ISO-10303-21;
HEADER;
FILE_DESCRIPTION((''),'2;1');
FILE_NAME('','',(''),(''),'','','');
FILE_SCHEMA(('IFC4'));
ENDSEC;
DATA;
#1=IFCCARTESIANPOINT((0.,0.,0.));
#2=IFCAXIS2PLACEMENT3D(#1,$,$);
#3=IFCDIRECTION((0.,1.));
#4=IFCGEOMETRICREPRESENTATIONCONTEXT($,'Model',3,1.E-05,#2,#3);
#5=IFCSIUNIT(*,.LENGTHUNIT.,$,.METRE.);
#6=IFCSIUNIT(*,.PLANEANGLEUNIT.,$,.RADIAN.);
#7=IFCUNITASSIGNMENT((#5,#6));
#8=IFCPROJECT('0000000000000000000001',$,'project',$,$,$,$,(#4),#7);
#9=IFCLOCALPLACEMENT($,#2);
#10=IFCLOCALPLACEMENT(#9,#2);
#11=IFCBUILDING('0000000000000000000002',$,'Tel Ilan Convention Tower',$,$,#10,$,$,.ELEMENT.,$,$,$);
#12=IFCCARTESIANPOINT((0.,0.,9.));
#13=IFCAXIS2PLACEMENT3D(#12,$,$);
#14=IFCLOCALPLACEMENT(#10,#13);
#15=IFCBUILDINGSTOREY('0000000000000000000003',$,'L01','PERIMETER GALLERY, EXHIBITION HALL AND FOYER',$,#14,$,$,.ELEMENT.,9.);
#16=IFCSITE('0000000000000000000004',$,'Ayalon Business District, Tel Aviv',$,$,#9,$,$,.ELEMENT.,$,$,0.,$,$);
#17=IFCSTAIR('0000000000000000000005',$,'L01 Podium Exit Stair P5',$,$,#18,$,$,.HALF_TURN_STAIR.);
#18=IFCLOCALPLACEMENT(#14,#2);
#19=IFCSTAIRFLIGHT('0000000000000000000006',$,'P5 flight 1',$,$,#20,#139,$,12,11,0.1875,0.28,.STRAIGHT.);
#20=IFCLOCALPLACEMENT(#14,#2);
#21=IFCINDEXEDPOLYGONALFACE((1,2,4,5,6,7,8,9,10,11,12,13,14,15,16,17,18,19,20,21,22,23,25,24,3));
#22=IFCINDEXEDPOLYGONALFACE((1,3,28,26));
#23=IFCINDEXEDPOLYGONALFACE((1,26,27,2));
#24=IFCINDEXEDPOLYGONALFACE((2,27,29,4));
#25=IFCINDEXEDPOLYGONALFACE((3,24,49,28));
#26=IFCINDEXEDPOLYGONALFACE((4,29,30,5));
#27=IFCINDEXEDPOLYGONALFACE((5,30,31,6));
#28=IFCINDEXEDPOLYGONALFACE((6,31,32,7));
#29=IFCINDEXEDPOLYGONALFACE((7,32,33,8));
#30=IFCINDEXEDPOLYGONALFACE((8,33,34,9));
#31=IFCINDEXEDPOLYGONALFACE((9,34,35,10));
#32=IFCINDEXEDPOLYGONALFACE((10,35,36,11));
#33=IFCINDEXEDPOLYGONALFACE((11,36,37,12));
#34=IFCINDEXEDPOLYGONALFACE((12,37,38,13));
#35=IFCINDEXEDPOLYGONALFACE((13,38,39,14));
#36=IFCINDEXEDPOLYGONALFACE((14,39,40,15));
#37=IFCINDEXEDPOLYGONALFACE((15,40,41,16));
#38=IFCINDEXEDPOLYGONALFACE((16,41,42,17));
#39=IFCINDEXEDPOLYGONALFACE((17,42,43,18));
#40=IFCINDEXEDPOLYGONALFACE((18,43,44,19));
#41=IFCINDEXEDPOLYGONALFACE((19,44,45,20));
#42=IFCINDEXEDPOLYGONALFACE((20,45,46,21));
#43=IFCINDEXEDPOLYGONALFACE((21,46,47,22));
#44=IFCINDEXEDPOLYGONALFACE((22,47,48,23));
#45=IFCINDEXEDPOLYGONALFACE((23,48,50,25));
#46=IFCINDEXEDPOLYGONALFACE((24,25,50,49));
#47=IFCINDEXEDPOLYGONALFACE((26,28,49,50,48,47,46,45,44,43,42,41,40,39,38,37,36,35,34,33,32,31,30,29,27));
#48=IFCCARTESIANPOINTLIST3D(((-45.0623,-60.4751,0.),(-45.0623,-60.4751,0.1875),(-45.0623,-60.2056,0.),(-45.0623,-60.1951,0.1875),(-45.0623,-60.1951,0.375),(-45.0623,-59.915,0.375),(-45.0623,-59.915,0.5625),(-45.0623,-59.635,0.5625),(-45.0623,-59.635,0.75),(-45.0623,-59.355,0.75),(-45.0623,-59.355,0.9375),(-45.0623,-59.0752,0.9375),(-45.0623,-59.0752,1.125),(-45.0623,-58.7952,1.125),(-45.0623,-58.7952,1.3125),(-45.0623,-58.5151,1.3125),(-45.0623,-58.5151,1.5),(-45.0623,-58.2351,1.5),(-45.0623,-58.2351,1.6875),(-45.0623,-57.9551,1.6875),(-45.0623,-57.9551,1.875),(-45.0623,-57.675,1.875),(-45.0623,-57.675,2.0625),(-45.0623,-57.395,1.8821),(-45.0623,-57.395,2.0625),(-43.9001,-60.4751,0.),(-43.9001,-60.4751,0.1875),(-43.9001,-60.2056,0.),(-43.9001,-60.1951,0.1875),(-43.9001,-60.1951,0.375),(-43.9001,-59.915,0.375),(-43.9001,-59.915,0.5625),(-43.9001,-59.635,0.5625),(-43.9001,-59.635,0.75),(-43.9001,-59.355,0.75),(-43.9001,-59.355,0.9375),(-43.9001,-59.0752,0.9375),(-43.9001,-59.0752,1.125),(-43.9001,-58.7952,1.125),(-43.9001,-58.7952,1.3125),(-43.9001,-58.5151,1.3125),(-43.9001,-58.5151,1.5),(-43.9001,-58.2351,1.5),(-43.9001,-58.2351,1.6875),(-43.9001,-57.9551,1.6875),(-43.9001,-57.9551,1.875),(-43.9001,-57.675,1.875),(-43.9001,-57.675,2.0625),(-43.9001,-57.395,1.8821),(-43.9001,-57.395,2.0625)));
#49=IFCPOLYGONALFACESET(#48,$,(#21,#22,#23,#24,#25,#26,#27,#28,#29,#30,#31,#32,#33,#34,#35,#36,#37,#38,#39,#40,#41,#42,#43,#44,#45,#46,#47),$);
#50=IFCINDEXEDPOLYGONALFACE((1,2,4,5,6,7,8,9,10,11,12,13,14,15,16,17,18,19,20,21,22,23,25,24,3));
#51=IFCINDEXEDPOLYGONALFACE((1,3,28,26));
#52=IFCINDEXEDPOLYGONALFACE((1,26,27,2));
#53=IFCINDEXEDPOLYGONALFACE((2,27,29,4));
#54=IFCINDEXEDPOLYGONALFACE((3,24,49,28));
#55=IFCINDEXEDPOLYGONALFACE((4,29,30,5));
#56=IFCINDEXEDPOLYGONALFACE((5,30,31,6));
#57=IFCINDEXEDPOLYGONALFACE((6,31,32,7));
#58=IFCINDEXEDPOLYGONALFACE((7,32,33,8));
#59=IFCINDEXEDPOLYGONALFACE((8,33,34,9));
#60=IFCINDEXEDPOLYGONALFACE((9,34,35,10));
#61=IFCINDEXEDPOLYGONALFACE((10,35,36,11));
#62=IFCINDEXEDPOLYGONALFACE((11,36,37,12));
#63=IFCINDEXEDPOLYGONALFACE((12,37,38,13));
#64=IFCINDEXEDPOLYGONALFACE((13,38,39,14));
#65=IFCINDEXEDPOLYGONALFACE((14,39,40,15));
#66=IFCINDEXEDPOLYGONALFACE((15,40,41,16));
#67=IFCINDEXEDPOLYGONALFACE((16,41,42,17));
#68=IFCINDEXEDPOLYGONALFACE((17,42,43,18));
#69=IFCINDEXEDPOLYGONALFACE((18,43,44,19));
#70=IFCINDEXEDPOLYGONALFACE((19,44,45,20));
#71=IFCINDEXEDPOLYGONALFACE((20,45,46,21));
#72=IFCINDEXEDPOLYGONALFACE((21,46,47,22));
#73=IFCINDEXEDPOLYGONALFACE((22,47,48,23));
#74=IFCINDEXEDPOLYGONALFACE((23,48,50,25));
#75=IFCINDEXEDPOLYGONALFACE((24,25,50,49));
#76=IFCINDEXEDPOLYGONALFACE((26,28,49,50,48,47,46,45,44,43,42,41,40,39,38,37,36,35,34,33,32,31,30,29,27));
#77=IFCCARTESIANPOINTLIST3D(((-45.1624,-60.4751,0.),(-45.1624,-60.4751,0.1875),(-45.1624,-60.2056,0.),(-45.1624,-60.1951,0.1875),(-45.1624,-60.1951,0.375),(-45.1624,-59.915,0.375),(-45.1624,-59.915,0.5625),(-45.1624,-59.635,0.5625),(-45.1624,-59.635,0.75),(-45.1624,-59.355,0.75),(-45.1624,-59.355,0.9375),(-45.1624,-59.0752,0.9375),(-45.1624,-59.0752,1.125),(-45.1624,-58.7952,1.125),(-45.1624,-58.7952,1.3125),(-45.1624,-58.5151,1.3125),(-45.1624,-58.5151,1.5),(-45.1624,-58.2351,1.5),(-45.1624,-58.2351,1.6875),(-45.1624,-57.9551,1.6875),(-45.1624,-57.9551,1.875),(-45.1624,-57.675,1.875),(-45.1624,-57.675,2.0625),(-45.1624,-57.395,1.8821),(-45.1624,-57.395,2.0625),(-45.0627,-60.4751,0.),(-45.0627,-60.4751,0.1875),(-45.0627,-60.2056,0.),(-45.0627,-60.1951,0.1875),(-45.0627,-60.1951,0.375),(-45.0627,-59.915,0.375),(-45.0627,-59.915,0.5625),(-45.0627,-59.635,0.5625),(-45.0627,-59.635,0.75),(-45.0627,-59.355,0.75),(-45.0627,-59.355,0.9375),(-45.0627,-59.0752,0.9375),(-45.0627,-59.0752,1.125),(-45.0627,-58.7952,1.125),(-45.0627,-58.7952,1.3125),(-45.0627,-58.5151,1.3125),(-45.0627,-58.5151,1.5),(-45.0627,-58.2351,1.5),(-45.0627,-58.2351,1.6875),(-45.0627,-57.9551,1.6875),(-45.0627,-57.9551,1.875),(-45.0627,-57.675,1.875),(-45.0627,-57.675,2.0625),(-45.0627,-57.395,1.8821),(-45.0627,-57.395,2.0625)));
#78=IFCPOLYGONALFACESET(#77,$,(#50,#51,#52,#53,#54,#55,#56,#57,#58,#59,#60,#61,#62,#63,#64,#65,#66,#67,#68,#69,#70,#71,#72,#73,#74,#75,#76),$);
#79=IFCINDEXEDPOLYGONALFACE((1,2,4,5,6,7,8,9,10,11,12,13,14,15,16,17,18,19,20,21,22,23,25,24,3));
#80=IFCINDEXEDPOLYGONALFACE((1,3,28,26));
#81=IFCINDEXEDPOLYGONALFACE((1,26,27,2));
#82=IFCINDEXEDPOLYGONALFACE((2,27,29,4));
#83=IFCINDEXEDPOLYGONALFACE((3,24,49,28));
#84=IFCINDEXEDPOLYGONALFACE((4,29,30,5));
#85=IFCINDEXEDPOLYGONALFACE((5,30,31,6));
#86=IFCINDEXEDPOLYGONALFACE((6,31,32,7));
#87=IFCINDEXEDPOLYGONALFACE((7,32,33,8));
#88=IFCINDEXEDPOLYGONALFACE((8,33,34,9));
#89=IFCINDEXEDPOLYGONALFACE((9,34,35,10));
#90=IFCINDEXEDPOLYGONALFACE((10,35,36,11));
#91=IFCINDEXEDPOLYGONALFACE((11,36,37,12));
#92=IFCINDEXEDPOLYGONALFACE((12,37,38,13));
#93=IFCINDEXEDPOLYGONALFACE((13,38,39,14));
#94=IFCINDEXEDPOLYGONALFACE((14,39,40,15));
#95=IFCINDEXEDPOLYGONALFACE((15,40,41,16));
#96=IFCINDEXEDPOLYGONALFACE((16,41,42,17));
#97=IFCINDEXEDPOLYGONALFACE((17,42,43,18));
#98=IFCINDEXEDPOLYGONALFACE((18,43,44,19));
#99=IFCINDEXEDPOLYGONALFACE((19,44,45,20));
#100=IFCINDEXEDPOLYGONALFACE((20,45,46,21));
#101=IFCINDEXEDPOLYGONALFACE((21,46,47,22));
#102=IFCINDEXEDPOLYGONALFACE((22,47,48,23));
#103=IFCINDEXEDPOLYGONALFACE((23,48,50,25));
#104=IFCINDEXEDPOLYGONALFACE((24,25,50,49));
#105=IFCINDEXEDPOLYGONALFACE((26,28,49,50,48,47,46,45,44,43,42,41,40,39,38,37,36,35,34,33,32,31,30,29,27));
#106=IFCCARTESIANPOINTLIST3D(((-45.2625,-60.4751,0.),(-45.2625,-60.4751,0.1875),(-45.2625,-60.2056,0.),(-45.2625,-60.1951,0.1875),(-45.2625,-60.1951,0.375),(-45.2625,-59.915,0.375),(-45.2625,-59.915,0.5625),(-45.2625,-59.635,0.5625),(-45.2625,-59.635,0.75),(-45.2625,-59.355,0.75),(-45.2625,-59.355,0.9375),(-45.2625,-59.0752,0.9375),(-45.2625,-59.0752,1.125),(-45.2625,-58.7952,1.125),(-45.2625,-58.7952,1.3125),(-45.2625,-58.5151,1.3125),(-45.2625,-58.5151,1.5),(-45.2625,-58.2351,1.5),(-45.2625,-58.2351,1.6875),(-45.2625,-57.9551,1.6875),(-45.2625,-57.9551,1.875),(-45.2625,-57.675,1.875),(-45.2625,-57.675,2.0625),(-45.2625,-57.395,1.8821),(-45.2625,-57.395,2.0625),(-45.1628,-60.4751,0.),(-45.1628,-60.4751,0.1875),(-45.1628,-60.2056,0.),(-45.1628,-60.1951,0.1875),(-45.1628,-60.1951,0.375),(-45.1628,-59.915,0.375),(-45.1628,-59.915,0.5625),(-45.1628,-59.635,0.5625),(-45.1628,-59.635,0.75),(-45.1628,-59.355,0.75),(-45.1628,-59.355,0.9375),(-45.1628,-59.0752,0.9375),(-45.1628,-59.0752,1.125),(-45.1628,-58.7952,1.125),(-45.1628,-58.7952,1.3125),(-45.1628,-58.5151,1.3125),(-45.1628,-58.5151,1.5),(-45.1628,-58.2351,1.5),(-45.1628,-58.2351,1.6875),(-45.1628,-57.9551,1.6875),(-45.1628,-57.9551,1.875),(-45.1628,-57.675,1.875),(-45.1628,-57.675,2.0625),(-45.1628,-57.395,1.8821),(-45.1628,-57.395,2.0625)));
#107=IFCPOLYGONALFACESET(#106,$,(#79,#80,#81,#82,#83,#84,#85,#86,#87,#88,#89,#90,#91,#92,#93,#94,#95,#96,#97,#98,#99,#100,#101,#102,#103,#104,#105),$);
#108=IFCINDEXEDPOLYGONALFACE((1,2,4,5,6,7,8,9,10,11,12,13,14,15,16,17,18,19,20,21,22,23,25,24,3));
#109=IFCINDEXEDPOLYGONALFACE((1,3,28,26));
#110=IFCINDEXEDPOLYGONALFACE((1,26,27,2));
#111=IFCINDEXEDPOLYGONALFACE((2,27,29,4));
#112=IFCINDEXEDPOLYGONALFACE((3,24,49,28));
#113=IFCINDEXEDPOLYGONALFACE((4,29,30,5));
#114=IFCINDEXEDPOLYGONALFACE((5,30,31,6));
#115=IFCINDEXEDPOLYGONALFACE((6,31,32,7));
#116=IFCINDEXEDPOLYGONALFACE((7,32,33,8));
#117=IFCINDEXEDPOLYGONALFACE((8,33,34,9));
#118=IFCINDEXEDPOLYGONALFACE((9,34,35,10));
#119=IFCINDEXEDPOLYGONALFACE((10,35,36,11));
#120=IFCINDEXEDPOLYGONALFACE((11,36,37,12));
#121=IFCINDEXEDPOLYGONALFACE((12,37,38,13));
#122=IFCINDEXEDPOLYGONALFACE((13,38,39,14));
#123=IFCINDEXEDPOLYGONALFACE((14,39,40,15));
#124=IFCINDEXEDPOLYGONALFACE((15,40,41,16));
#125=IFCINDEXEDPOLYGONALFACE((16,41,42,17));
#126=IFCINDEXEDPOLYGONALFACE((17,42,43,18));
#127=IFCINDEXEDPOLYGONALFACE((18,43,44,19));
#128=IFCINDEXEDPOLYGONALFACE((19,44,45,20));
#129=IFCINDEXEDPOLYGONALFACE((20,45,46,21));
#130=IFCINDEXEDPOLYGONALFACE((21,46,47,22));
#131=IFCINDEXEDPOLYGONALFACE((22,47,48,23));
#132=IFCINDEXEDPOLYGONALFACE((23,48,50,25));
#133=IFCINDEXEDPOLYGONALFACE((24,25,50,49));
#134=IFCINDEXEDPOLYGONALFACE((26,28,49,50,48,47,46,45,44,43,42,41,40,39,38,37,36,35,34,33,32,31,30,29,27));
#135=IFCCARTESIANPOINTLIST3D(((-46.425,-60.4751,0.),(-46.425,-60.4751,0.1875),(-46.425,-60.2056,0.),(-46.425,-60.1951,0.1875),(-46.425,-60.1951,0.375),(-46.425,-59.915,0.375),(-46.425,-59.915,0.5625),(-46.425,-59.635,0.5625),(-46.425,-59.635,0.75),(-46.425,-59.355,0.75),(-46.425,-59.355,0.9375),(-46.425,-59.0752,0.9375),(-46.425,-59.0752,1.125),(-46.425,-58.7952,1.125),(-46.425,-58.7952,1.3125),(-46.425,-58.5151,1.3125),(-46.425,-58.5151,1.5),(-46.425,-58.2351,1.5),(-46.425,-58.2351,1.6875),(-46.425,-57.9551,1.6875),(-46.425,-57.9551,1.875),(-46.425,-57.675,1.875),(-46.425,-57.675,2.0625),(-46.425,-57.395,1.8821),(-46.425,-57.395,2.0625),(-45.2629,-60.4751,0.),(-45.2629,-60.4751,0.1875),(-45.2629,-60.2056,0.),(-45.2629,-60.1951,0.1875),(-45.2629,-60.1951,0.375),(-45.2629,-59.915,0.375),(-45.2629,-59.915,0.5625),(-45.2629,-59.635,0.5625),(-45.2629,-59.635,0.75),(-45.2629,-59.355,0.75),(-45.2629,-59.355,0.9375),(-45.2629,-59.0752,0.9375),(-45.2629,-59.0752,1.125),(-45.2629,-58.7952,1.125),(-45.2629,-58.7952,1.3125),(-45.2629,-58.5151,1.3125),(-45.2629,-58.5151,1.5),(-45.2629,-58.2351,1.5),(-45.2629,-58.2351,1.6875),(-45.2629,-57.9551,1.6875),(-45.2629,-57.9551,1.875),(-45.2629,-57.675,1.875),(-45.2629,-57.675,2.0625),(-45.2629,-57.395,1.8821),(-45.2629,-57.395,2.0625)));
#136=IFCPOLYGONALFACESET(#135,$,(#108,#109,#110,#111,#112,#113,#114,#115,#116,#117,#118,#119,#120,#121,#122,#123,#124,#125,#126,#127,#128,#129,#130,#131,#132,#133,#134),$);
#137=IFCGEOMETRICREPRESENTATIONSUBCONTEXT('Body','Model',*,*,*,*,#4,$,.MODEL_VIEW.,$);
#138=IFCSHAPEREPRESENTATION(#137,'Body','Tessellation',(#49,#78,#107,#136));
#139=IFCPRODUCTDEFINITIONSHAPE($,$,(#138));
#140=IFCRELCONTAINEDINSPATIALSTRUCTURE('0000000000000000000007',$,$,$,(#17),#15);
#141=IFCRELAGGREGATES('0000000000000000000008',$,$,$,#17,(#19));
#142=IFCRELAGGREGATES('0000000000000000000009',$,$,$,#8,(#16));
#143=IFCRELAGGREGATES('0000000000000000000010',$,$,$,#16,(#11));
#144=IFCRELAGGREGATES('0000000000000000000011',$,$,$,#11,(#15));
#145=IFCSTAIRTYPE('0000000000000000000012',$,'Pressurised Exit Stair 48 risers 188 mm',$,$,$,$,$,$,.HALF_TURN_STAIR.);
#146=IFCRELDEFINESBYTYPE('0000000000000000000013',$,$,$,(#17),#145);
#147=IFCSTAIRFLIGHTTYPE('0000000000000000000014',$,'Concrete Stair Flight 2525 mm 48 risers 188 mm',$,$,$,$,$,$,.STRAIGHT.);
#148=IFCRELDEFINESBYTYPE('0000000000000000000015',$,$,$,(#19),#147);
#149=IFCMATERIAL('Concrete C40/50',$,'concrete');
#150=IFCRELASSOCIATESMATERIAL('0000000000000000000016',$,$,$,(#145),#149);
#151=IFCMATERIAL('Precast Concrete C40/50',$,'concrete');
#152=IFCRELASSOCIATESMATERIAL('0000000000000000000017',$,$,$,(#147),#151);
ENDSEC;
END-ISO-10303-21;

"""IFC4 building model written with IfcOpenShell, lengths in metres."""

from ifc_helpers import new_model, si_unit, direction, frame, origin, place, context, subcontext, project, spatial, polyline, outline, extrude, material, type_object, element, aggregate, save


model = new_model("IFC4")

# Units and contexts
model_context = context("Model", 3, precision=1e-05, world=origin(), true_north=direction((0.0, 1.0)))
body_context = subcontext(model_context, "Body", "Model", "MODEL_VIEW")
ifc_project = project(units=[si_unit("LENGTHUNIT", "METRE"), si_unit("PLANEANGLEUNIT", "RADIAN")], contexts=[model_context])

# Site, building, storey
site_placement = place(None, origin())
site = spatial("IfcSite", under=ifc_project, at=site_placement, Name="Ayalon Business District, Tel Aviv", CompositionType="ELEMENT", RefElevation=0.0)
building_placement = place(site_placement, origin())
building = spatial("IfcBuilding", under=site, at=building_placement, Name="Tel Ilan Convention Tower", CompositionType="ELEMENT")
storey_placement = place(building_placement, frame((0.0, 0.0, 9.0)))
storey = spatial("IfcBuildingStorey", under=building, at=storey_placement, Name="L01", Description="PERIMETER GALLERY, EXHIBITION HALL AND FOYER", CompositionType="ELEMENT", Elevation=9.0)

# Shared definitions
ifc_material_1 = material(Name="Concrete C40/50", Category="concrete")
stair_type = type_object("IfcStairType", Name="Pressurised Exit Stair 48 risers 188 mm", PredefinedType="HALF_TURN_STAIR", material=ifc_material_1)
ifc_material_2 = material(Name="Precast Concrete C40/50", Category="concrete")
stair_flight_type = type_object("IfcStairFlightType", Name="Concrete Stair Flight 2525 mm 48 risers 188 mm", PredefinedType="STRAIGHT", material=ifc_material_2)

# Stair, stair flight
stair_1_placement = place(storey_placement, origin())
stair_1 = element("IfcStair", 1, at=stair_1_placement, inside=storey, type_object=stair_type, Name="L01 Podium Exit Stair P5", PredefinedType="HALF_TURN_STAIR")
stair_flight_1_placement = place(storey_placement, frame((-45.1626, -60.4751, 0.0), z_axis=(0.0, 0.0, 1.0), x_axis=(0.0, 1.0, 0.0)))
stair_flight_1 = element("IfcStairFlight", 2, at=stair_flight_1_placement, type_object=stair_flight_type, Name="P5 flight 1", NumberOfRisers=12, NumberOfTreads=11, PredefinedType="STRAIGHT", RiserHeight=0.1875, TreadLength=0.28, context=body_context, shape_type="SweptSolid", body=[
    extrude(outline(polyline([(0.0, 0.0), (0.0, 0.1875), (0.28, 0.1875), (0.28, 0.375), (0.5601, 0.375), (0.5601, 0.5625), (0.8401, 0.5625), (0.8401, 0.75), (1.1201, 0.75), (1.1201, 0.9375), (1.3999, 0.9375), (1.3999, 1.125), (1.6799, 1.125), (1.6799, 1.3125), (1.96, 1.3125), (1.96, 1.5), (2.24, 1.5), (2.24, 1.6875), (2.52, 1.6875), (2.52, 1.875), (2.8, 1.875), (2.8, 2.0625), (3.0801, 2.0625), (3.0801, 2.25), (3.0801, 1.8821), (0.2695, 0.0), (0.0, 0.0)])), frame((0.0, -0.1003, 0.0), z_axis=(0.0, -1.0, 0.0), x_axis=(1.0, 0.0, 0.0)), (0.0, 0.0, 1.0), 1.1621),
    extrude(outline(polyline([(0.0, 0.0), (0.0, 0.1875), (0.28, 0.1875), (0.28, 0.375), (0.5601, 0.375), (0.5601, 0.5625), (0.8401, 0.5625), (0.8401, 0.75), (1.1201, 0.75), (1.1201, 0.9375), (1.3999, 0.9375), (1.3999, 1.125), (1.6799, 1.125), (1.6799, 1.3125), (1.96, 1.3125), (1.96, 1.5), (2.24, 1.5), (2.24, 1.6875), (2.52, 1.6875), (2.52, 1.875), (2.8, 1.875), (2.8, 2.0625), (3.0801, 2.0625), (3.0801, 2.25), (3.0801, 1.8821), (0.2695, 0.0), (0.0, 0.0)])), frame((0.0, -0.0002, 0.0), z_axis=(0.0, -1.0, 0.0), x_axis=(1.0, 0.0, 0.0)), (0.0, 0.0, 1.0), 0.0996),
    extrude(outline(polyline([(0.0, 0.0), (0.0, 0.1875), (0.28, 0.1875), (0.28, 0.375), (0.5601, 0.375), (0.5601, 0.5625), (0.8401, 0.5625), (0.8401, 0.75), (1.1201, 0.75), (1.1201, 0.9375), (1.3999, 0.9375), (1.3999, 1.125), (1.6799, 1.125), (1.6799, 1.3125), (1.96, 1.3125), (1.96, 1.5), (2.24, 1.5), (2.24, 1.6875), (2.52, 1.6875), (2.52, 1.875), (2.8, 1.875), (2.8, 2.0625), (3.0801, 2.0625), (3.0801, 2.25), (3.0801, 1.8821), (0.2695, 0.0), (0.0, 0.0)])), frame((0.0, 0.0999, 0.0), z_axis=(0.0, -1.0, 0.0), x_axis=(1.0, 0.0, 0.0)), (0.0, 0.0, 1.0), 0.0996),
    extrude(outline(polyline([(0.0, 0.0), (0.0, 0.1875), (0.28, 0.1875), (0.28, 0.375), (0.5601, 0.375), (0.5601, 0.5625), (0.8401, 0.5625), (0.8401, 0.75), (1.1201, 0.75), (1.1201, 0.9375), (1.3999, 0.9375), (1.3999, 1.125), (1.6799, 1.125), (1.6799, 1.3125), (1.96, 1.3125), (1.96, 1.5), (2.24, 1.5), (2.24, 1.6875), (2.52, 1.6875), (2.52, 1.875), (2.8, 1.875), (2.8, 2.0625), (3.0801, 2.0625), (3.0801, 2.25), (3.0801, 1.8821), (0.2695, 0.0), (0.0, 0.0)])), frame((0.0, 1.2625, 0.0), z_axis=(0.0, -1.0, 0.0), x_axis=(1.0, 0.0, 0.0)), (0.0, 0.0, 1.0), 1.1621),
])
aggregate(stair_1, [stair_flight_1])

save(model, "model.ifc")
